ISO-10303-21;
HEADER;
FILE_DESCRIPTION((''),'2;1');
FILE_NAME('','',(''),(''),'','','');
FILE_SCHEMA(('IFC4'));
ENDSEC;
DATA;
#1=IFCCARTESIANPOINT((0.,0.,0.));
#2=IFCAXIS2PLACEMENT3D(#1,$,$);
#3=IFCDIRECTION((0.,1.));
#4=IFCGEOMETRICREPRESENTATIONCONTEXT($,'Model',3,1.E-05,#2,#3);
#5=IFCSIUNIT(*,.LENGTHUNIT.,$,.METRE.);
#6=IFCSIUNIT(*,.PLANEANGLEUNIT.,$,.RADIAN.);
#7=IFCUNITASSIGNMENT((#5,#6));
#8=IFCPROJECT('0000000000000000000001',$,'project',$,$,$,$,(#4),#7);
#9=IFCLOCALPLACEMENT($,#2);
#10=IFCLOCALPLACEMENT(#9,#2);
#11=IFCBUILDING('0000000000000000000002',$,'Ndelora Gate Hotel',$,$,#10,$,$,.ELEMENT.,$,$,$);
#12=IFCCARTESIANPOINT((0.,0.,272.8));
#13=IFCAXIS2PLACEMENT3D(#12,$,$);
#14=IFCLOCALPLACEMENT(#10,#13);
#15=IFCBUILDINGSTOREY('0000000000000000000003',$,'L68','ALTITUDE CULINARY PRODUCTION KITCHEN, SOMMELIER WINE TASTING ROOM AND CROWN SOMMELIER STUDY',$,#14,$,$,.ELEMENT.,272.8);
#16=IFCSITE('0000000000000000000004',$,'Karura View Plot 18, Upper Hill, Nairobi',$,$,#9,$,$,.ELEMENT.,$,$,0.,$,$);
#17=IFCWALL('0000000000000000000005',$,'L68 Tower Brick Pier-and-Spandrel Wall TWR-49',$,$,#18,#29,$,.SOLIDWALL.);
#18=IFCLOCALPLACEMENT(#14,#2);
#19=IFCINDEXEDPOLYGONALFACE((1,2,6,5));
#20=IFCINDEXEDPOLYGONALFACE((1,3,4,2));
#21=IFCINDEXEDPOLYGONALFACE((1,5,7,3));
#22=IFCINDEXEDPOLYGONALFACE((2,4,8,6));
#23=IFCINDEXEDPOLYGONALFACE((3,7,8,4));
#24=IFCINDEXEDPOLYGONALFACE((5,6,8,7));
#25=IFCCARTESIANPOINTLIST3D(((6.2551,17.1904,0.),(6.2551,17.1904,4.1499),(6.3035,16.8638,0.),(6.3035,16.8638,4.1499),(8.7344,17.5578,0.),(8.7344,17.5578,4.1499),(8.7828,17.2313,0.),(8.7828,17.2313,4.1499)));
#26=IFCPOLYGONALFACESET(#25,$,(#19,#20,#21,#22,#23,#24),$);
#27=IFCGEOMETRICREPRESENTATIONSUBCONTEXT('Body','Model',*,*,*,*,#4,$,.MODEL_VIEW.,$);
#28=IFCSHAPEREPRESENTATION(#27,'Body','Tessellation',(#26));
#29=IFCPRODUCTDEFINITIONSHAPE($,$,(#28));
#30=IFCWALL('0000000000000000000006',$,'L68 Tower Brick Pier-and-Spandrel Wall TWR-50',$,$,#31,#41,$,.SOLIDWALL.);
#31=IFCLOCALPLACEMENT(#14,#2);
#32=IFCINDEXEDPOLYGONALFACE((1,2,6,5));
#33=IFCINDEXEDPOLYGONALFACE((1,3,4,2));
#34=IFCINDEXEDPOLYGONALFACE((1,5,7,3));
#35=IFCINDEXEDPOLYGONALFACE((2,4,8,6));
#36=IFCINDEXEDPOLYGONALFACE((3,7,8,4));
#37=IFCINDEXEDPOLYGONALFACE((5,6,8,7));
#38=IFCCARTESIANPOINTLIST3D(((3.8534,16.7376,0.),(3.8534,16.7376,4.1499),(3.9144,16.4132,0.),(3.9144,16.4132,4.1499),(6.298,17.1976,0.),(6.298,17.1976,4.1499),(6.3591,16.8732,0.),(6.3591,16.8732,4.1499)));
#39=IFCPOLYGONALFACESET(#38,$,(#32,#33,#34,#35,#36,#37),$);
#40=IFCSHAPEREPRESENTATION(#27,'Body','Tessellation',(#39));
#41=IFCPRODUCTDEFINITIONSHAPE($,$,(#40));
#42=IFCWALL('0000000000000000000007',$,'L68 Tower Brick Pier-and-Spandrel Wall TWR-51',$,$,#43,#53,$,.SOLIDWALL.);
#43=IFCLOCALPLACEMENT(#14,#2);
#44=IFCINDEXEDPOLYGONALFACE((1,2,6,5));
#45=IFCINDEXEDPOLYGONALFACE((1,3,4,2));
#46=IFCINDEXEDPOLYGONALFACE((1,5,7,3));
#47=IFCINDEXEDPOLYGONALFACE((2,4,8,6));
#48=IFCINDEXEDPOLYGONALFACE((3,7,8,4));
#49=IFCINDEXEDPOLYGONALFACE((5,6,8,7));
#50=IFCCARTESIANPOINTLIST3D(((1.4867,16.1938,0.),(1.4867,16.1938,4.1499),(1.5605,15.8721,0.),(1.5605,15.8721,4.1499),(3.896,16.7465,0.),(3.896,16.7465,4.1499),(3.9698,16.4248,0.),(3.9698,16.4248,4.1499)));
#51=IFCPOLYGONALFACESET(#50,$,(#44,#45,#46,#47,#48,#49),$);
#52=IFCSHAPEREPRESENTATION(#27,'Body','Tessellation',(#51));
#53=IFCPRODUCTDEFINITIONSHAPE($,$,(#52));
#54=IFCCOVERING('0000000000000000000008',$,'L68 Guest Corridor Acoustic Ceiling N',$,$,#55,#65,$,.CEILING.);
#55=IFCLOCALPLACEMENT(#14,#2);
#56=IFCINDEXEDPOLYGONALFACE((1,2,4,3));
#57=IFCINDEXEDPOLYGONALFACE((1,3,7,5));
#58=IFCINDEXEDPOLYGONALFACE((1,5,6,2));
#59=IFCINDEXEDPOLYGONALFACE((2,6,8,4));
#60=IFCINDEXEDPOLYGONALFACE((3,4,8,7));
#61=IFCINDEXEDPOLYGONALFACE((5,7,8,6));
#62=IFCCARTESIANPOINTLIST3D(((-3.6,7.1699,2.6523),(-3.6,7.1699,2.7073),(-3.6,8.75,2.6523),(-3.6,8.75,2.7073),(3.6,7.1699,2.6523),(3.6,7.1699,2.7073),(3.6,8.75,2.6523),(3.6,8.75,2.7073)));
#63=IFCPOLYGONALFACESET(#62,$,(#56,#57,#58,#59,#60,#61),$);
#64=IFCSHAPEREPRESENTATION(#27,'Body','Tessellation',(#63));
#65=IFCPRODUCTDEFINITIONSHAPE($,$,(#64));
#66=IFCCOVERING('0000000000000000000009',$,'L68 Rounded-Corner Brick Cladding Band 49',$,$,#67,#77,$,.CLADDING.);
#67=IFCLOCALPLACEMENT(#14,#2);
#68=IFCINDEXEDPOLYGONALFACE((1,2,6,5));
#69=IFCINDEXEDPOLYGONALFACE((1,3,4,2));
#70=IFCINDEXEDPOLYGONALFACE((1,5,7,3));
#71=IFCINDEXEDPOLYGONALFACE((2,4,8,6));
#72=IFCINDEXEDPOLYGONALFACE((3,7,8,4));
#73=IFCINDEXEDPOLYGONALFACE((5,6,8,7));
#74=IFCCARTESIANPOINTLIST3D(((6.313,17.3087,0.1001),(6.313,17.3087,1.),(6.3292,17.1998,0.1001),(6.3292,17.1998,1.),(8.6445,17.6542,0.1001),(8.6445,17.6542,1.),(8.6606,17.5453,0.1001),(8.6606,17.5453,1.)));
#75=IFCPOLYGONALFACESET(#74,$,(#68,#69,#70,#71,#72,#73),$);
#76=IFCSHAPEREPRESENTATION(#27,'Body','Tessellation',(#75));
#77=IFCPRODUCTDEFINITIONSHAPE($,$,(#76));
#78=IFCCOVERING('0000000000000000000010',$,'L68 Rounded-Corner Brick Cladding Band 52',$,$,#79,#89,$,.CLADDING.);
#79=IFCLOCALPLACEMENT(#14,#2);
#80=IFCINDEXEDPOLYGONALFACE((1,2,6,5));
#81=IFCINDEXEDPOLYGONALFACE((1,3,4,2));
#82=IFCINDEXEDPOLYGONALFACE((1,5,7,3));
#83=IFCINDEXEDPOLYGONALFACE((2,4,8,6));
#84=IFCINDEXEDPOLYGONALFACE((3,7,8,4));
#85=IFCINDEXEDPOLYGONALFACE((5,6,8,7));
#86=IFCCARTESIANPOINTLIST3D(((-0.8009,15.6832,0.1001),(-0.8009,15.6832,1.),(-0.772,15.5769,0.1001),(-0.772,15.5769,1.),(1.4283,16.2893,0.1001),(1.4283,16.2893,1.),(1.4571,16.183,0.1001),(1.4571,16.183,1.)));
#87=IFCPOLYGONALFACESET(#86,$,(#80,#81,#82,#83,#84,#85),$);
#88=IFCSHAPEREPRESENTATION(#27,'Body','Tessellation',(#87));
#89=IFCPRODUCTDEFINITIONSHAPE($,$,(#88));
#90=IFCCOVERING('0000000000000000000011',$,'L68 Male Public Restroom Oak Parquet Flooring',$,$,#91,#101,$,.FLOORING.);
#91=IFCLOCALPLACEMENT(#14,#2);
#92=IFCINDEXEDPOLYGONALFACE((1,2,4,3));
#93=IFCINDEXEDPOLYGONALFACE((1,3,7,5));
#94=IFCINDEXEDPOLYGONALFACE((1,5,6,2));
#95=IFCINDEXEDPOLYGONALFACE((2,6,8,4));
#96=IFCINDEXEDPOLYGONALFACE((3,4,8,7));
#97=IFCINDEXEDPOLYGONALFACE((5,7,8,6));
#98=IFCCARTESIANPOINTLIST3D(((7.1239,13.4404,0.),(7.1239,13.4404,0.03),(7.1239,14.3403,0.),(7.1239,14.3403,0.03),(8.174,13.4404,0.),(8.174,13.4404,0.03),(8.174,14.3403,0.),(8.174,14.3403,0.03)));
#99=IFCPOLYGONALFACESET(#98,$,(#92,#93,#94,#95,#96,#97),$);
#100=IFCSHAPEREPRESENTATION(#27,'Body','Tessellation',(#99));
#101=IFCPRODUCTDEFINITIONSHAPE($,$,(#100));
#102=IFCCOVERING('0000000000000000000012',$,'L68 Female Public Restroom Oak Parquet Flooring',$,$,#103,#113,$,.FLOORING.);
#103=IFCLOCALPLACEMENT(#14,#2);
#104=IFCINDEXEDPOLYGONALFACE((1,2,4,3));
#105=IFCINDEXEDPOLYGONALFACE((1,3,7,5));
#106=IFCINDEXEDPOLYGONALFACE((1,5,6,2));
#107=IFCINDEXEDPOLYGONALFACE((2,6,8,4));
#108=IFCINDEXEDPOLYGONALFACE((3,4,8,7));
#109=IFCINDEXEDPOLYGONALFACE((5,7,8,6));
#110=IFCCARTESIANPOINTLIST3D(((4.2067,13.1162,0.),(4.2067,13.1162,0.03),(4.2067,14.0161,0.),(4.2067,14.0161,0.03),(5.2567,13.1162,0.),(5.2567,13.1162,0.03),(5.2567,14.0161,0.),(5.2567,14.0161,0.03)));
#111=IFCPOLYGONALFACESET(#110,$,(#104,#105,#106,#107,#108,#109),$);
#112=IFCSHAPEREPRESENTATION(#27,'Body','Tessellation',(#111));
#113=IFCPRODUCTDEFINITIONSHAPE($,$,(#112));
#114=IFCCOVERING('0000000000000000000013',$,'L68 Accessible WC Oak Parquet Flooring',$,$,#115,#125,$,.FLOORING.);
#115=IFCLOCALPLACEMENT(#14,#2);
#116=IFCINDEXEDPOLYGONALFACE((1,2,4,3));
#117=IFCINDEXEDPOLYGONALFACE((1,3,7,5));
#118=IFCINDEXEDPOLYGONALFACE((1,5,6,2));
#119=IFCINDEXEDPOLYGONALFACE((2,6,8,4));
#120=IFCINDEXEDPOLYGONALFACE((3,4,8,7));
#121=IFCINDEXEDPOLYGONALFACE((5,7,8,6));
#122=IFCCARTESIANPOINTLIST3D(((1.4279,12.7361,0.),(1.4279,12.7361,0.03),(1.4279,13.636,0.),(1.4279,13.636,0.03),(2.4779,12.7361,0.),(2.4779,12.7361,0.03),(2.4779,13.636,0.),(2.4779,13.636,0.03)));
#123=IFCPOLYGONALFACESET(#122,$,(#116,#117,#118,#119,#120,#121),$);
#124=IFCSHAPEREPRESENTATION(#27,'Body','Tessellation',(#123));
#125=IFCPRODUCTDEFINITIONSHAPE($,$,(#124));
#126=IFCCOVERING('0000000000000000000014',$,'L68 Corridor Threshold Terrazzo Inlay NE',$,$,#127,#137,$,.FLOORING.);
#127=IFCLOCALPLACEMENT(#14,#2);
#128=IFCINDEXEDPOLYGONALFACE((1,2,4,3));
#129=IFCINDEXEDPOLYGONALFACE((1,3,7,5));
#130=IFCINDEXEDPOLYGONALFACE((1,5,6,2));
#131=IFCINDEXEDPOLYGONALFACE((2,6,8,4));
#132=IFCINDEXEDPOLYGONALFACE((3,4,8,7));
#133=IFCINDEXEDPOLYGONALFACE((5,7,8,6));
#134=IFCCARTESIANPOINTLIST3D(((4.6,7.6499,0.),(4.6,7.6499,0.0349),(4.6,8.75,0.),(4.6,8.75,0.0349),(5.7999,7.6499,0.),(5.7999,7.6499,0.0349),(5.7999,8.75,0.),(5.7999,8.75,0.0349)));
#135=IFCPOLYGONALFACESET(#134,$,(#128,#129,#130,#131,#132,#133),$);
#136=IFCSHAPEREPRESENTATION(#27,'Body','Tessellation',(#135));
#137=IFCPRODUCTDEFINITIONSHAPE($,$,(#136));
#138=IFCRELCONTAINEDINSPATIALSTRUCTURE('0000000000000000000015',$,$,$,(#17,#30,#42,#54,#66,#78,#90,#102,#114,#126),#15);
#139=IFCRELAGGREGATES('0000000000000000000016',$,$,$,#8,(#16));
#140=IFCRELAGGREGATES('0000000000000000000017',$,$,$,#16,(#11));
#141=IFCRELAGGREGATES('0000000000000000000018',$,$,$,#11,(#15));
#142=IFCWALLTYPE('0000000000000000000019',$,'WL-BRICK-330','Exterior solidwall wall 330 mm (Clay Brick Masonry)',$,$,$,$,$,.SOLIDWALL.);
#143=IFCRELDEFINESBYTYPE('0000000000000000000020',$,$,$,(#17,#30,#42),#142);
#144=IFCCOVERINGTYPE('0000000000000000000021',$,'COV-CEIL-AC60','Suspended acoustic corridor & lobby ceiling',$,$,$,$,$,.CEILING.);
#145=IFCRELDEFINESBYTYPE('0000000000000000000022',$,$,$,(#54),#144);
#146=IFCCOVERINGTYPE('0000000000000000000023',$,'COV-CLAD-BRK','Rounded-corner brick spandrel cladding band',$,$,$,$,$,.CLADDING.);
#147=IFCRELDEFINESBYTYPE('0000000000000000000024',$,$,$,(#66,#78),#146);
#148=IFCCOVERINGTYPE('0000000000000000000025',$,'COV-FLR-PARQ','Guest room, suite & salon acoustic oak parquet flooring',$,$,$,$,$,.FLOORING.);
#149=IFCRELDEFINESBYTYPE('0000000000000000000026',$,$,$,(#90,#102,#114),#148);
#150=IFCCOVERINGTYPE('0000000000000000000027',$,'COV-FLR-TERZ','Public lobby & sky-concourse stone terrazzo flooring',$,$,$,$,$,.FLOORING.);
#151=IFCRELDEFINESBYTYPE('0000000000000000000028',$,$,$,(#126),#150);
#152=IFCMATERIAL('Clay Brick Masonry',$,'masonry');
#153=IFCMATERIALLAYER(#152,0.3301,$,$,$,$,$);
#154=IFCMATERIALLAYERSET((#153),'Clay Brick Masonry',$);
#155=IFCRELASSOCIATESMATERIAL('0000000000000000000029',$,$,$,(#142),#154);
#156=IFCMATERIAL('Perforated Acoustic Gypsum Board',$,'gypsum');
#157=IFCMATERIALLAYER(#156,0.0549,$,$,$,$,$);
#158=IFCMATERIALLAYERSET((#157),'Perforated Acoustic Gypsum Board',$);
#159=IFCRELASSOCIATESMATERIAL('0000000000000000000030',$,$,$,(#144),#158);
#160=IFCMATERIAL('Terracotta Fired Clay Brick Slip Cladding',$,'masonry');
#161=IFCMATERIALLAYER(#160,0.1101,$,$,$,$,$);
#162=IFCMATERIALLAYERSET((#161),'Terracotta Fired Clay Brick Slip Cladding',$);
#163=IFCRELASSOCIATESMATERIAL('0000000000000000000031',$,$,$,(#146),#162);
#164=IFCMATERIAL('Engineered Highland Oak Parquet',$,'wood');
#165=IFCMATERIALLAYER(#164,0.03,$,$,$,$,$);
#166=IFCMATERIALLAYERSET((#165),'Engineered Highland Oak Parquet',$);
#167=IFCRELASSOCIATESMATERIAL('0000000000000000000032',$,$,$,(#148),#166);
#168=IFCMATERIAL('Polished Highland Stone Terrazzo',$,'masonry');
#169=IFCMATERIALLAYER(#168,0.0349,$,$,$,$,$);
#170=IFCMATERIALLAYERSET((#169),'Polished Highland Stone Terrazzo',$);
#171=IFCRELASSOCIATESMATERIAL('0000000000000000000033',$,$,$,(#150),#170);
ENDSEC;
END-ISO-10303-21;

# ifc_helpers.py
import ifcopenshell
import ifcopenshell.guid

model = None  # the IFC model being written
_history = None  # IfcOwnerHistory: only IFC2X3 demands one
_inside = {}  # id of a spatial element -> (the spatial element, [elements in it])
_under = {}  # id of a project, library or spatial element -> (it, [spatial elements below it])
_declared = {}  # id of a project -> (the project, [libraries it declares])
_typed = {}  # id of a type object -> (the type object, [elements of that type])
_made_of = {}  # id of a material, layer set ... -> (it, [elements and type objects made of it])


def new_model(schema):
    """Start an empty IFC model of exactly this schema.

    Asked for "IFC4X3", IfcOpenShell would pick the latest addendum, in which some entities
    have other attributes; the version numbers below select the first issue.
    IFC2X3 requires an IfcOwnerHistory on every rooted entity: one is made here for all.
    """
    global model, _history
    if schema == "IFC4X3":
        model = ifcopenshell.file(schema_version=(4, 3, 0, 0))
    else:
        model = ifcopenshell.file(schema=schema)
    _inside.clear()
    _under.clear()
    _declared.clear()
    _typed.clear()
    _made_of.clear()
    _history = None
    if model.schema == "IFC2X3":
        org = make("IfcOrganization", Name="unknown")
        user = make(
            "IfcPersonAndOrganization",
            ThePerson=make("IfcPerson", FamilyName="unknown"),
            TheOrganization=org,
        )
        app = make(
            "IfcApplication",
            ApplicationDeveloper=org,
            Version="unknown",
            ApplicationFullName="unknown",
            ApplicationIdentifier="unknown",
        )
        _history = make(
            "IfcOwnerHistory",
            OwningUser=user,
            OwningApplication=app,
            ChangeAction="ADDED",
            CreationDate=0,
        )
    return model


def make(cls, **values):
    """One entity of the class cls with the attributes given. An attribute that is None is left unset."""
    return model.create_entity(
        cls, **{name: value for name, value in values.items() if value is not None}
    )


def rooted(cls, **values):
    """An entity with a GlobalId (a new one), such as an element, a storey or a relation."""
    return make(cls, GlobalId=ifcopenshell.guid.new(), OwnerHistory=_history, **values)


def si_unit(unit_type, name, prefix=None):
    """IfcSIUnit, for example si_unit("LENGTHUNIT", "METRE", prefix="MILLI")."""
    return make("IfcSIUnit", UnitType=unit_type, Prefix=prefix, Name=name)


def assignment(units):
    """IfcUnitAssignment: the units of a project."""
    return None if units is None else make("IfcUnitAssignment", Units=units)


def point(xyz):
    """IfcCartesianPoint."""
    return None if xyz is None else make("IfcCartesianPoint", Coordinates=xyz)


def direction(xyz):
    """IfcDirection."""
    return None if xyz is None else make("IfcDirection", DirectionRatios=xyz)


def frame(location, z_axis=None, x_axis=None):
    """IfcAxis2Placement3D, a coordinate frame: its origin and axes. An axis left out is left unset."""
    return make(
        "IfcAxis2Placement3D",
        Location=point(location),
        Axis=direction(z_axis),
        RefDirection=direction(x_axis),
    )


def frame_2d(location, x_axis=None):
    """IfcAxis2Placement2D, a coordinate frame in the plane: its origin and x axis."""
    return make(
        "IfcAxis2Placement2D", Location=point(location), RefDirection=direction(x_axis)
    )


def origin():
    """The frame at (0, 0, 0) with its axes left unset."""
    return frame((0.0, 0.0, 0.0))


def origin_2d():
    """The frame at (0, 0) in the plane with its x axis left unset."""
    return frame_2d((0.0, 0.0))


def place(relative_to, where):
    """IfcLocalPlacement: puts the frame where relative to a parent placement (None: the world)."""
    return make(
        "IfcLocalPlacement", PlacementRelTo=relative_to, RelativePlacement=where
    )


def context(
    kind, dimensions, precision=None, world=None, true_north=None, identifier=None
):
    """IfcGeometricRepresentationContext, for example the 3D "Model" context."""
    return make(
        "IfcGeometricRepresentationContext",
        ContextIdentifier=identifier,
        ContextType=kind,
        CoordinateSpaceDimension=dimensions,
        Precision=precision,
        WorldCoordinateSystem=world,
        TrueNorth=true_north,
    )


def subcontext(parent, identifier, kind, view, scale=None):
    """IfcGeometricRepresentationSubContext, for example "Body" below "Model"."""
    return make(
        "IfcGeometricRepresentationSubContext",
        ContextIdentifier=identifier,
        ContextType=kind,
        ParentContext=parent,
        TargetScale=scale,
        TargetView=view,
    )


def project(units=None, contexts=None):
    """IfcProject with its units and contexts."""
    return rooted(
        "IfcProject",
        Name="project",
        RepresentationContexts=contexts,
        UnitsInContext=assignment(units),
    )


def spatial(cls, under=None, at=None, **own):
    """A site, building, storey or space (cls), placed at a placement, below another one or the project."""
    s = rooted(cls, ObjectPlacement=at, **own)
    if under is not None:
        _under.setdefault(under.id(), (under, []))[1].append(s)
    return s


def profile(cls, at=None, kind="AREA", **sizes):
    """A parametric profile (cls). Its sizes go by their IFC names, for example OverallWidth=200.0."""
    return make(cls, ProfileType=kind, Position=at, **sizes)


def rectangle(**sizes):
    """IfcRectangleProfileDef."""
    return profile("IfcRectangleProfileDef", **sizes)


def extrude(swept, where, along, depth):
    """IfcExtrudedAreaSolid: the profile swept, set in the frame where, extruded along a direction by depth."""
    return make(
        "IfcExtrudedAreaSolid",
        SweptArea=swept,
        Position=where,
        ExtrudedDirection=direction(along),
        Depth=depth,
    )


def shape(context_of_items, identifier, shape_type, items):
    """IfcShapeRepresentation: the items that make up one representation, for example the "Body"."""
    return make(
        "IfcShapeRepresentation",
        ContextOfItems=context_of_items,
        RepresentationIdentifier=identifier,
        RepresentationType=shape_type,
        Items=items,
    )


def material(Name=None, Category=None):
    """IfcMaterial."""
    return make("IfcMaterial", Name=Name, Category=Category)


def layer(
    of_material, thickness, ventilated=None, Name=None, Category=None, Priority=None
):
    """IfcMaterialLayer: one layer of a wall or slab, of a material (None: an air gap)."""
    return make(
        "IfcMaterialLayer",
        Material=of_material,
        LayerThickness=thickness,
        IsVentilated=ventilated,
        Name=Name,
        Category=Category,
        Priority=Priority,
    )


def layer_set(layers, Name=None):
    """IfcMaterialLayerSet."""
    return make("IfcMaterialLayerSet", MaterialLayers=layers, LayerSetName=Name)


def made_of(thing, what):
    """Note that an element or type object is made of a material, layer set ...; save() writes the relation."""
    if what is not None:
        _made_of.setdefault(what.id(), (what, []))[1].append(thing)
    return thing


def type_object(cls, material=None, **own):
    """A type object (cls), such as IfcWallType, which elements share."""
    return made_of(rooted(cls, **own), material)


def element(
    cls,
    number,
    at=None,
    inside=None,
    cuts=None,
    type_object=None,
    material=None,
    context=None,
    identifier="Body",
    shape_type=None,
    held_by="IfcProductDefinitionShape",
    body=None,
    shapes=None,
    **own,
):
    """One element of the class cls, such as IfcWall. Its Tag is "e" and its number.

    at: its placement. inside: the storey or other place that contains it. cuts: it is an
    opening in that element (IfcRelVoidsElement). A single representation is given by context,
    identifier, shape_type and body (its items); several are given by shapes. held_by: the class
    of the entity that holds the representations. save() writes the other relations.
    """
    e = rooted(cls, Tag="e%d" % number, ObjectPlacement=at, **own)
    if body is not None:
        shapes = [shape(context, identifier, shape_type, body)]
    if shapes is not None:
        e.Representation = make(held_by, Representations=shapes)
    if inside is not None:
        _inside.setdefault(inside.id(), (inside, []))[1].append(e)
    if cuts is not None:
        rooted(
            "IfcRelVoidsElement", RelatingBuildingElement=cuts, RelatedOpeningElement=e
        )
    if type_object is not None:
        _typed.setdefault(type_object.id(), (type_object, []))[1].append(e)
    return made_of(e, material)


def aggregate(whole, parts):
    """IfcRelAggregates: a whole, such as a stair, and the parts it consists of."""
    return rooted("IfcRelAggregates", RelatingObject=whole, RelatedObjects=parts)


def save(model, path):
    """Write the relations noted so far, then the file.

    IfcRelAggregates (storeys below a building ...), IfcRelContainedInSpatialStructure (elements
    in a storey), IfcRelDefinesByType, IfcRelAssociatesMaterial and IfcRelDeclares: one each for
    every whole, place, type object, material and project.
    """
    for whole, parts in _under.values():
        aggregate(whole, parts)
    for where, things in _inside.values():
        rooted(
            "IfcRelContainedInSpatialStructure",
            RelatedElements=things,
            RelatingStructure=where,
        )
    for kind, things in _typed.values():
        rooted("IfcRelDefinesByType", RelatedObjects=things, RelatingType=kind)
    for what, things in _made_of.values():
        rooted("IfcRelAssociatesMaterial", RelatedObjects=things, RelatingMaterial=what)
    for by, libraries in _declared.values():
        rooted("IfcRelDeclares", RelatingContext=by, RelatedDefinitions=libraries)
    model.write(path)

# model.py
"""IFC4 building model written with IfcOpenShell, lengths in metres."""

from ifc_helpers import new_model, si_unit, direction, frame, frame_2d, origin, origin_2d, place, context, subcontext, project, spatial, rectangle, extrude, material, layer, layer_set, type_object, element, save


model = new_model("IFC4")

# Units and contexts
model_context = context("Model", 3, precision=1e-05, world=origin(), true_north=direction((0.0, 1.0)))
body_context = subcontext(model_context, "Body", "Model", "MODEL_VIEW")
ifc_project = project(units=[si_unit("LENGTHUNIT", "METRE"), si_unit("PLANEANGLEUNIT", "RADIAN")], contexts=[model_context])

# Site, building, storey
site_placement = place(None, origin())
site = spatial("IfcSite", under=ifc_project, at=site_placement, Name="Karura View Plot 18, Upper Hill, Nairobi", CompositionType="ELEMENT", RefElevation=0.0)
building_placement = place(site_placement, origin())
building = spatial("IfcBuilding", under=site, at=building_placement, Name="Ndelora Gate Hotel", CompositionType="ELEMENT")
storey_placement = place(building_placement, frame((0.0, 0.0, 272.8)))
storey = spatial("IfcBuildingStorey", under=building, at=storey_placement, Name="L68", Description="ALTITUDE CULINARY PRODUCTION KITCHEN, SOMMELIER WINE TASTING ROOM AND CROWN SOMMELIER STUDY", CompositionType="ELEMENT", Elevation=272.8)

# Walls
ifc_material_1 = material(Name="Clay Brick Masonry", Category="masonry")
ifc_layer_1 = layer(ifc_material_1, 0.3301)
ifc_layer_set_1 = layer_set([ifc_layer_1], Name="Clay Brick Masonry")
wall_type_1 = type_object("IfcWallType", Name="WL-BRICK-330", Description="Exterior solidwall wall 330 mm (Clay Brick Masonry)", PredefinedType="SOLIDWALL", material=ifc_layer_set_1)
wall_1_placement = place(storey_placement, frame((6.2793, 17.0271, 0.0), z_axis=(0.0, 0.0, 1.0), x_axis=(0.989196, 0.146602, 0.0)))
element("IfcWall", 1, at=wall_1_placement, inside=storey, type_object=wall_type_1, Name="L68 Tower Brick Pier-and-Spandrel Wall TWR-49", PredefinedType="SOLIDWALL", context=body_context, shape_type="SweptSolid", body=[
    extrude(rectangle(XDim=2.5063, YDim=0.3301, at=frame_2d((1.2532, 0.0))), origin(), (0.0, 0.0, 1.0), 4.1499),
])
wall_2_placement = place(storey_placement, frame((3.884, 16.5754, 0.0), z_axis=(0.0, 0.0, 1.0), x_axis=(0.982755, 0.184911, 0.0)))
element("IfcWall", 2, at=wall_2_placement, inside=storey, type_object=wall_type_1, Name="L68 Tower Brick Pier-and-Spandrel Wall TWR-50", PredefinedType="SOLIDWALL", context=body_context, shape_type="SweptSolid", body=[
    extrude(rectangle(XDim=2.4875, YDim=0.3301, at=frame_2d((1.2437, 0.0))), origin(), (0.0, 0.0, 1.0), 4.1499),
])
wall_3_placement = place(storey_placement, frame((1.5237, 16.033, 0.0), z_axis=(0.0, 0.0, 1.0), x_axis=(0.974682, 0.223597, 0.0)))
element("IfcWall", 3, at=wall_3_placement, inside=storey, type_object=wall_type_1, Name="L68 Tower Brick Pier-and-Spandrel Wall TWR-51", PredefinedType="SOLIDWALL", context=body_context, shape_type="SweptSolid", body=[
    extrude(rectangle(XDim=2.4719, YDim=0.3301, at=frame_2d((1.2358, 0.0))), origin(), (0.0, 0.0, 1.0), 4.1499),
])

# Coverings
ifc_material_2 = material(Name="Perforated Acoustic Gypsum Board", Category="gypsum")
ifc_layer_2 = layer(ifc_material_2, 0.0549)
ifc_layer_set_2 = layer_set([ifc_layer_2], Name="Perforated Acoustic Gypsum Board")
covering_type_1 = type_object("IfcCoveringType", Name="COV-CEIL-AC60", Description="Suspended acoustic corridor & lobby ceiling", PredefinedType="CEILING", material=ifc_layer_set_2)
covering_1_placement = place(storey_placement, frame((0.0, 7.96, 2.6523), z_axis=(0.0, 0.0, 1.0), x_axis=(1.0, 0.0, 0.0)))
element("IfcCovering", 4, at=covering_1_placement, inside=storey, type_object=covering_type_1, Name="L68 Guest Corridor Acoustic Ceiling N", PredefinedType="CEILING", context=body_context, shape_type="SweptSolid", body=[
    extrude(rectangle(XDim=7.2, YDim=1.5801, at=origin_2d()), origin(), (0.0, 0.0, 1.0), 0.0549),
])
ifc_material_3 = material(Name="Terracotta Fired Clay Brick Slip Cladding", Category="masonry")
ifc_layer_3 = layer(ifc_material_3, 0.1101)
ifc_layer_set_3 = layer_set([ifc_layer_3], Name="Terracotta Fired Clay Brick Slip Cladding")
covering_type_2 = type_object("IfcCoveringType", Name="COV-CLAD-BRK", Description="Rounded-corner brick spandrel cladding band", PredefinedType="CLADDING", material=ifc_layer_set_3)
covering_2_placement = place(storey_placement, frame((7.4868, 17.427, 0.1001), z_axis=(0.0, 0.0, 1.0), x_axis=(0.989196, 0.146601, 0.0)))
element("IfcCovering", 5, at=covering_2_placement, inside=storey, type_object=covering_type_2, Name="L68 Rounded-Corner Brick Cladding Band 49", PredefinedType="CLADDING", context=body_context, shape_type="SweptSolid", body=[
    extrude(rectangle(XDim=2.3569, YDim=0.1101, at=origin_2d()), origin(), (0.0, 0.0, 1.0), 0.8999),
])
covering_3_placement = place(storey_placement, frame((0.3281, 15.9331, 0.1001), z_axis=(0.0, 0.0, 1.0), x_axis=(0.964971, 0.262358, 0.0)))
element("IfcCovering", 6, at=covering_3_placement, inside=storey, type_object=covering_type_2, Name="L68 Rounded-Corner Brick Cladding Band 52", PredefinedType="CLADDING", context=body_context, shape_type="SweptSolid", body=[
    extrude(rectangle(XDim=2.3101, YDim=0.1101, at=origin_2d()), origin(), (0.0, 0.0, 1.0), 0.8999),
])
ifc_material_4 = material(Name="Engineered Highland Oak Parquet", Category="wood")
ifc_layer_4 = layer(ifc_material_4, 0.03)
ifc_layer_set_4 = layer_set([ifc_layer_4], Name="Engineered Highland Oak Parquet")
covering_type_3 = type_object("IfcCoveringType", Name="COV-FLR-PARQ", Description="Guest room, suite & salon acoustic oak parquet flooring", PredefinedType="FLOORING", material=ifc_layer_set_4)
for number, where, z_axis, x_axis, name in (
    (7, (7.6489, 13.8904, 0.0), (0.0, 0.0, 1.0), (1.0, 0.0, 0.0), "L68 Male Public Restroom Oak Parquet Flooring"),
    (8, (4.7317, 13.5662, 0.0), (0.0, 0.0, 1.0), (1.0, 0.0, 0.0), "L68 Female Public Restroom Oak Parquet Flooring"),
    (9, (1.9529, 13.186, 0.0), (0.0, 0.0, 1.0), (1.0, 0.0, 0.0), "L68 Accessible WC Oak Parquet Flooring"),
):
    element("IfcCovering", number, at=place(storey_placement, frame(where, z_axis=z_axis, x_axis=x_axis)), inside=storey, type_object=covering_type_3, Name=name, PredefinedType="FLOORING", context=body_context, shape_type="SweptSolid", body=[
        extrude(rectangle(XDim=1.05, YDim=0.8999, at=origin_2d()), origin(), (0.0, 0.0, 1.0), 0.03),
    ])
ifc_material_5 = material(Name="Polished Highland Stone Terrazzo", Category="masonry")
ifc_layer_5 = layer(ifc_material_5, 0.0349)
ifc_layer_set_5 = layer_set([ifc_layer_5], Name="Polished Highland Stone Terrazzo")
covering_type_4 = type_object("IfcCoveringType", Name="COV-FLR-TERZ", Description="Public lobby & sky-concourse stone terrazzo flooring", PredefinedType="FLOORING", material=ifc_layer_set_5)
covering_4_placement = place(storey_placement, frame((5.2, 8.2, 0.0), z_axis=(0.0, 0.0, 1.0), x_axis=(1.0, 0.0, 0.0)))
element("IfcCovering", 10, at=covering_4_placement, inside=storey, type_object=covering_type_4, Name="L68 Corridor Threshold Terrazzo Inlay NE", PredefinedType="FLOORING", context=body_context, shape_type="SweptSolid", body=[
    extrude(rectangle(XDim=1.2, YDim=1.1001, at=origin_2d()), origin(), (0.0, 0.0, 1.0), 0.0349),
])

save(model, "model.ifc")
